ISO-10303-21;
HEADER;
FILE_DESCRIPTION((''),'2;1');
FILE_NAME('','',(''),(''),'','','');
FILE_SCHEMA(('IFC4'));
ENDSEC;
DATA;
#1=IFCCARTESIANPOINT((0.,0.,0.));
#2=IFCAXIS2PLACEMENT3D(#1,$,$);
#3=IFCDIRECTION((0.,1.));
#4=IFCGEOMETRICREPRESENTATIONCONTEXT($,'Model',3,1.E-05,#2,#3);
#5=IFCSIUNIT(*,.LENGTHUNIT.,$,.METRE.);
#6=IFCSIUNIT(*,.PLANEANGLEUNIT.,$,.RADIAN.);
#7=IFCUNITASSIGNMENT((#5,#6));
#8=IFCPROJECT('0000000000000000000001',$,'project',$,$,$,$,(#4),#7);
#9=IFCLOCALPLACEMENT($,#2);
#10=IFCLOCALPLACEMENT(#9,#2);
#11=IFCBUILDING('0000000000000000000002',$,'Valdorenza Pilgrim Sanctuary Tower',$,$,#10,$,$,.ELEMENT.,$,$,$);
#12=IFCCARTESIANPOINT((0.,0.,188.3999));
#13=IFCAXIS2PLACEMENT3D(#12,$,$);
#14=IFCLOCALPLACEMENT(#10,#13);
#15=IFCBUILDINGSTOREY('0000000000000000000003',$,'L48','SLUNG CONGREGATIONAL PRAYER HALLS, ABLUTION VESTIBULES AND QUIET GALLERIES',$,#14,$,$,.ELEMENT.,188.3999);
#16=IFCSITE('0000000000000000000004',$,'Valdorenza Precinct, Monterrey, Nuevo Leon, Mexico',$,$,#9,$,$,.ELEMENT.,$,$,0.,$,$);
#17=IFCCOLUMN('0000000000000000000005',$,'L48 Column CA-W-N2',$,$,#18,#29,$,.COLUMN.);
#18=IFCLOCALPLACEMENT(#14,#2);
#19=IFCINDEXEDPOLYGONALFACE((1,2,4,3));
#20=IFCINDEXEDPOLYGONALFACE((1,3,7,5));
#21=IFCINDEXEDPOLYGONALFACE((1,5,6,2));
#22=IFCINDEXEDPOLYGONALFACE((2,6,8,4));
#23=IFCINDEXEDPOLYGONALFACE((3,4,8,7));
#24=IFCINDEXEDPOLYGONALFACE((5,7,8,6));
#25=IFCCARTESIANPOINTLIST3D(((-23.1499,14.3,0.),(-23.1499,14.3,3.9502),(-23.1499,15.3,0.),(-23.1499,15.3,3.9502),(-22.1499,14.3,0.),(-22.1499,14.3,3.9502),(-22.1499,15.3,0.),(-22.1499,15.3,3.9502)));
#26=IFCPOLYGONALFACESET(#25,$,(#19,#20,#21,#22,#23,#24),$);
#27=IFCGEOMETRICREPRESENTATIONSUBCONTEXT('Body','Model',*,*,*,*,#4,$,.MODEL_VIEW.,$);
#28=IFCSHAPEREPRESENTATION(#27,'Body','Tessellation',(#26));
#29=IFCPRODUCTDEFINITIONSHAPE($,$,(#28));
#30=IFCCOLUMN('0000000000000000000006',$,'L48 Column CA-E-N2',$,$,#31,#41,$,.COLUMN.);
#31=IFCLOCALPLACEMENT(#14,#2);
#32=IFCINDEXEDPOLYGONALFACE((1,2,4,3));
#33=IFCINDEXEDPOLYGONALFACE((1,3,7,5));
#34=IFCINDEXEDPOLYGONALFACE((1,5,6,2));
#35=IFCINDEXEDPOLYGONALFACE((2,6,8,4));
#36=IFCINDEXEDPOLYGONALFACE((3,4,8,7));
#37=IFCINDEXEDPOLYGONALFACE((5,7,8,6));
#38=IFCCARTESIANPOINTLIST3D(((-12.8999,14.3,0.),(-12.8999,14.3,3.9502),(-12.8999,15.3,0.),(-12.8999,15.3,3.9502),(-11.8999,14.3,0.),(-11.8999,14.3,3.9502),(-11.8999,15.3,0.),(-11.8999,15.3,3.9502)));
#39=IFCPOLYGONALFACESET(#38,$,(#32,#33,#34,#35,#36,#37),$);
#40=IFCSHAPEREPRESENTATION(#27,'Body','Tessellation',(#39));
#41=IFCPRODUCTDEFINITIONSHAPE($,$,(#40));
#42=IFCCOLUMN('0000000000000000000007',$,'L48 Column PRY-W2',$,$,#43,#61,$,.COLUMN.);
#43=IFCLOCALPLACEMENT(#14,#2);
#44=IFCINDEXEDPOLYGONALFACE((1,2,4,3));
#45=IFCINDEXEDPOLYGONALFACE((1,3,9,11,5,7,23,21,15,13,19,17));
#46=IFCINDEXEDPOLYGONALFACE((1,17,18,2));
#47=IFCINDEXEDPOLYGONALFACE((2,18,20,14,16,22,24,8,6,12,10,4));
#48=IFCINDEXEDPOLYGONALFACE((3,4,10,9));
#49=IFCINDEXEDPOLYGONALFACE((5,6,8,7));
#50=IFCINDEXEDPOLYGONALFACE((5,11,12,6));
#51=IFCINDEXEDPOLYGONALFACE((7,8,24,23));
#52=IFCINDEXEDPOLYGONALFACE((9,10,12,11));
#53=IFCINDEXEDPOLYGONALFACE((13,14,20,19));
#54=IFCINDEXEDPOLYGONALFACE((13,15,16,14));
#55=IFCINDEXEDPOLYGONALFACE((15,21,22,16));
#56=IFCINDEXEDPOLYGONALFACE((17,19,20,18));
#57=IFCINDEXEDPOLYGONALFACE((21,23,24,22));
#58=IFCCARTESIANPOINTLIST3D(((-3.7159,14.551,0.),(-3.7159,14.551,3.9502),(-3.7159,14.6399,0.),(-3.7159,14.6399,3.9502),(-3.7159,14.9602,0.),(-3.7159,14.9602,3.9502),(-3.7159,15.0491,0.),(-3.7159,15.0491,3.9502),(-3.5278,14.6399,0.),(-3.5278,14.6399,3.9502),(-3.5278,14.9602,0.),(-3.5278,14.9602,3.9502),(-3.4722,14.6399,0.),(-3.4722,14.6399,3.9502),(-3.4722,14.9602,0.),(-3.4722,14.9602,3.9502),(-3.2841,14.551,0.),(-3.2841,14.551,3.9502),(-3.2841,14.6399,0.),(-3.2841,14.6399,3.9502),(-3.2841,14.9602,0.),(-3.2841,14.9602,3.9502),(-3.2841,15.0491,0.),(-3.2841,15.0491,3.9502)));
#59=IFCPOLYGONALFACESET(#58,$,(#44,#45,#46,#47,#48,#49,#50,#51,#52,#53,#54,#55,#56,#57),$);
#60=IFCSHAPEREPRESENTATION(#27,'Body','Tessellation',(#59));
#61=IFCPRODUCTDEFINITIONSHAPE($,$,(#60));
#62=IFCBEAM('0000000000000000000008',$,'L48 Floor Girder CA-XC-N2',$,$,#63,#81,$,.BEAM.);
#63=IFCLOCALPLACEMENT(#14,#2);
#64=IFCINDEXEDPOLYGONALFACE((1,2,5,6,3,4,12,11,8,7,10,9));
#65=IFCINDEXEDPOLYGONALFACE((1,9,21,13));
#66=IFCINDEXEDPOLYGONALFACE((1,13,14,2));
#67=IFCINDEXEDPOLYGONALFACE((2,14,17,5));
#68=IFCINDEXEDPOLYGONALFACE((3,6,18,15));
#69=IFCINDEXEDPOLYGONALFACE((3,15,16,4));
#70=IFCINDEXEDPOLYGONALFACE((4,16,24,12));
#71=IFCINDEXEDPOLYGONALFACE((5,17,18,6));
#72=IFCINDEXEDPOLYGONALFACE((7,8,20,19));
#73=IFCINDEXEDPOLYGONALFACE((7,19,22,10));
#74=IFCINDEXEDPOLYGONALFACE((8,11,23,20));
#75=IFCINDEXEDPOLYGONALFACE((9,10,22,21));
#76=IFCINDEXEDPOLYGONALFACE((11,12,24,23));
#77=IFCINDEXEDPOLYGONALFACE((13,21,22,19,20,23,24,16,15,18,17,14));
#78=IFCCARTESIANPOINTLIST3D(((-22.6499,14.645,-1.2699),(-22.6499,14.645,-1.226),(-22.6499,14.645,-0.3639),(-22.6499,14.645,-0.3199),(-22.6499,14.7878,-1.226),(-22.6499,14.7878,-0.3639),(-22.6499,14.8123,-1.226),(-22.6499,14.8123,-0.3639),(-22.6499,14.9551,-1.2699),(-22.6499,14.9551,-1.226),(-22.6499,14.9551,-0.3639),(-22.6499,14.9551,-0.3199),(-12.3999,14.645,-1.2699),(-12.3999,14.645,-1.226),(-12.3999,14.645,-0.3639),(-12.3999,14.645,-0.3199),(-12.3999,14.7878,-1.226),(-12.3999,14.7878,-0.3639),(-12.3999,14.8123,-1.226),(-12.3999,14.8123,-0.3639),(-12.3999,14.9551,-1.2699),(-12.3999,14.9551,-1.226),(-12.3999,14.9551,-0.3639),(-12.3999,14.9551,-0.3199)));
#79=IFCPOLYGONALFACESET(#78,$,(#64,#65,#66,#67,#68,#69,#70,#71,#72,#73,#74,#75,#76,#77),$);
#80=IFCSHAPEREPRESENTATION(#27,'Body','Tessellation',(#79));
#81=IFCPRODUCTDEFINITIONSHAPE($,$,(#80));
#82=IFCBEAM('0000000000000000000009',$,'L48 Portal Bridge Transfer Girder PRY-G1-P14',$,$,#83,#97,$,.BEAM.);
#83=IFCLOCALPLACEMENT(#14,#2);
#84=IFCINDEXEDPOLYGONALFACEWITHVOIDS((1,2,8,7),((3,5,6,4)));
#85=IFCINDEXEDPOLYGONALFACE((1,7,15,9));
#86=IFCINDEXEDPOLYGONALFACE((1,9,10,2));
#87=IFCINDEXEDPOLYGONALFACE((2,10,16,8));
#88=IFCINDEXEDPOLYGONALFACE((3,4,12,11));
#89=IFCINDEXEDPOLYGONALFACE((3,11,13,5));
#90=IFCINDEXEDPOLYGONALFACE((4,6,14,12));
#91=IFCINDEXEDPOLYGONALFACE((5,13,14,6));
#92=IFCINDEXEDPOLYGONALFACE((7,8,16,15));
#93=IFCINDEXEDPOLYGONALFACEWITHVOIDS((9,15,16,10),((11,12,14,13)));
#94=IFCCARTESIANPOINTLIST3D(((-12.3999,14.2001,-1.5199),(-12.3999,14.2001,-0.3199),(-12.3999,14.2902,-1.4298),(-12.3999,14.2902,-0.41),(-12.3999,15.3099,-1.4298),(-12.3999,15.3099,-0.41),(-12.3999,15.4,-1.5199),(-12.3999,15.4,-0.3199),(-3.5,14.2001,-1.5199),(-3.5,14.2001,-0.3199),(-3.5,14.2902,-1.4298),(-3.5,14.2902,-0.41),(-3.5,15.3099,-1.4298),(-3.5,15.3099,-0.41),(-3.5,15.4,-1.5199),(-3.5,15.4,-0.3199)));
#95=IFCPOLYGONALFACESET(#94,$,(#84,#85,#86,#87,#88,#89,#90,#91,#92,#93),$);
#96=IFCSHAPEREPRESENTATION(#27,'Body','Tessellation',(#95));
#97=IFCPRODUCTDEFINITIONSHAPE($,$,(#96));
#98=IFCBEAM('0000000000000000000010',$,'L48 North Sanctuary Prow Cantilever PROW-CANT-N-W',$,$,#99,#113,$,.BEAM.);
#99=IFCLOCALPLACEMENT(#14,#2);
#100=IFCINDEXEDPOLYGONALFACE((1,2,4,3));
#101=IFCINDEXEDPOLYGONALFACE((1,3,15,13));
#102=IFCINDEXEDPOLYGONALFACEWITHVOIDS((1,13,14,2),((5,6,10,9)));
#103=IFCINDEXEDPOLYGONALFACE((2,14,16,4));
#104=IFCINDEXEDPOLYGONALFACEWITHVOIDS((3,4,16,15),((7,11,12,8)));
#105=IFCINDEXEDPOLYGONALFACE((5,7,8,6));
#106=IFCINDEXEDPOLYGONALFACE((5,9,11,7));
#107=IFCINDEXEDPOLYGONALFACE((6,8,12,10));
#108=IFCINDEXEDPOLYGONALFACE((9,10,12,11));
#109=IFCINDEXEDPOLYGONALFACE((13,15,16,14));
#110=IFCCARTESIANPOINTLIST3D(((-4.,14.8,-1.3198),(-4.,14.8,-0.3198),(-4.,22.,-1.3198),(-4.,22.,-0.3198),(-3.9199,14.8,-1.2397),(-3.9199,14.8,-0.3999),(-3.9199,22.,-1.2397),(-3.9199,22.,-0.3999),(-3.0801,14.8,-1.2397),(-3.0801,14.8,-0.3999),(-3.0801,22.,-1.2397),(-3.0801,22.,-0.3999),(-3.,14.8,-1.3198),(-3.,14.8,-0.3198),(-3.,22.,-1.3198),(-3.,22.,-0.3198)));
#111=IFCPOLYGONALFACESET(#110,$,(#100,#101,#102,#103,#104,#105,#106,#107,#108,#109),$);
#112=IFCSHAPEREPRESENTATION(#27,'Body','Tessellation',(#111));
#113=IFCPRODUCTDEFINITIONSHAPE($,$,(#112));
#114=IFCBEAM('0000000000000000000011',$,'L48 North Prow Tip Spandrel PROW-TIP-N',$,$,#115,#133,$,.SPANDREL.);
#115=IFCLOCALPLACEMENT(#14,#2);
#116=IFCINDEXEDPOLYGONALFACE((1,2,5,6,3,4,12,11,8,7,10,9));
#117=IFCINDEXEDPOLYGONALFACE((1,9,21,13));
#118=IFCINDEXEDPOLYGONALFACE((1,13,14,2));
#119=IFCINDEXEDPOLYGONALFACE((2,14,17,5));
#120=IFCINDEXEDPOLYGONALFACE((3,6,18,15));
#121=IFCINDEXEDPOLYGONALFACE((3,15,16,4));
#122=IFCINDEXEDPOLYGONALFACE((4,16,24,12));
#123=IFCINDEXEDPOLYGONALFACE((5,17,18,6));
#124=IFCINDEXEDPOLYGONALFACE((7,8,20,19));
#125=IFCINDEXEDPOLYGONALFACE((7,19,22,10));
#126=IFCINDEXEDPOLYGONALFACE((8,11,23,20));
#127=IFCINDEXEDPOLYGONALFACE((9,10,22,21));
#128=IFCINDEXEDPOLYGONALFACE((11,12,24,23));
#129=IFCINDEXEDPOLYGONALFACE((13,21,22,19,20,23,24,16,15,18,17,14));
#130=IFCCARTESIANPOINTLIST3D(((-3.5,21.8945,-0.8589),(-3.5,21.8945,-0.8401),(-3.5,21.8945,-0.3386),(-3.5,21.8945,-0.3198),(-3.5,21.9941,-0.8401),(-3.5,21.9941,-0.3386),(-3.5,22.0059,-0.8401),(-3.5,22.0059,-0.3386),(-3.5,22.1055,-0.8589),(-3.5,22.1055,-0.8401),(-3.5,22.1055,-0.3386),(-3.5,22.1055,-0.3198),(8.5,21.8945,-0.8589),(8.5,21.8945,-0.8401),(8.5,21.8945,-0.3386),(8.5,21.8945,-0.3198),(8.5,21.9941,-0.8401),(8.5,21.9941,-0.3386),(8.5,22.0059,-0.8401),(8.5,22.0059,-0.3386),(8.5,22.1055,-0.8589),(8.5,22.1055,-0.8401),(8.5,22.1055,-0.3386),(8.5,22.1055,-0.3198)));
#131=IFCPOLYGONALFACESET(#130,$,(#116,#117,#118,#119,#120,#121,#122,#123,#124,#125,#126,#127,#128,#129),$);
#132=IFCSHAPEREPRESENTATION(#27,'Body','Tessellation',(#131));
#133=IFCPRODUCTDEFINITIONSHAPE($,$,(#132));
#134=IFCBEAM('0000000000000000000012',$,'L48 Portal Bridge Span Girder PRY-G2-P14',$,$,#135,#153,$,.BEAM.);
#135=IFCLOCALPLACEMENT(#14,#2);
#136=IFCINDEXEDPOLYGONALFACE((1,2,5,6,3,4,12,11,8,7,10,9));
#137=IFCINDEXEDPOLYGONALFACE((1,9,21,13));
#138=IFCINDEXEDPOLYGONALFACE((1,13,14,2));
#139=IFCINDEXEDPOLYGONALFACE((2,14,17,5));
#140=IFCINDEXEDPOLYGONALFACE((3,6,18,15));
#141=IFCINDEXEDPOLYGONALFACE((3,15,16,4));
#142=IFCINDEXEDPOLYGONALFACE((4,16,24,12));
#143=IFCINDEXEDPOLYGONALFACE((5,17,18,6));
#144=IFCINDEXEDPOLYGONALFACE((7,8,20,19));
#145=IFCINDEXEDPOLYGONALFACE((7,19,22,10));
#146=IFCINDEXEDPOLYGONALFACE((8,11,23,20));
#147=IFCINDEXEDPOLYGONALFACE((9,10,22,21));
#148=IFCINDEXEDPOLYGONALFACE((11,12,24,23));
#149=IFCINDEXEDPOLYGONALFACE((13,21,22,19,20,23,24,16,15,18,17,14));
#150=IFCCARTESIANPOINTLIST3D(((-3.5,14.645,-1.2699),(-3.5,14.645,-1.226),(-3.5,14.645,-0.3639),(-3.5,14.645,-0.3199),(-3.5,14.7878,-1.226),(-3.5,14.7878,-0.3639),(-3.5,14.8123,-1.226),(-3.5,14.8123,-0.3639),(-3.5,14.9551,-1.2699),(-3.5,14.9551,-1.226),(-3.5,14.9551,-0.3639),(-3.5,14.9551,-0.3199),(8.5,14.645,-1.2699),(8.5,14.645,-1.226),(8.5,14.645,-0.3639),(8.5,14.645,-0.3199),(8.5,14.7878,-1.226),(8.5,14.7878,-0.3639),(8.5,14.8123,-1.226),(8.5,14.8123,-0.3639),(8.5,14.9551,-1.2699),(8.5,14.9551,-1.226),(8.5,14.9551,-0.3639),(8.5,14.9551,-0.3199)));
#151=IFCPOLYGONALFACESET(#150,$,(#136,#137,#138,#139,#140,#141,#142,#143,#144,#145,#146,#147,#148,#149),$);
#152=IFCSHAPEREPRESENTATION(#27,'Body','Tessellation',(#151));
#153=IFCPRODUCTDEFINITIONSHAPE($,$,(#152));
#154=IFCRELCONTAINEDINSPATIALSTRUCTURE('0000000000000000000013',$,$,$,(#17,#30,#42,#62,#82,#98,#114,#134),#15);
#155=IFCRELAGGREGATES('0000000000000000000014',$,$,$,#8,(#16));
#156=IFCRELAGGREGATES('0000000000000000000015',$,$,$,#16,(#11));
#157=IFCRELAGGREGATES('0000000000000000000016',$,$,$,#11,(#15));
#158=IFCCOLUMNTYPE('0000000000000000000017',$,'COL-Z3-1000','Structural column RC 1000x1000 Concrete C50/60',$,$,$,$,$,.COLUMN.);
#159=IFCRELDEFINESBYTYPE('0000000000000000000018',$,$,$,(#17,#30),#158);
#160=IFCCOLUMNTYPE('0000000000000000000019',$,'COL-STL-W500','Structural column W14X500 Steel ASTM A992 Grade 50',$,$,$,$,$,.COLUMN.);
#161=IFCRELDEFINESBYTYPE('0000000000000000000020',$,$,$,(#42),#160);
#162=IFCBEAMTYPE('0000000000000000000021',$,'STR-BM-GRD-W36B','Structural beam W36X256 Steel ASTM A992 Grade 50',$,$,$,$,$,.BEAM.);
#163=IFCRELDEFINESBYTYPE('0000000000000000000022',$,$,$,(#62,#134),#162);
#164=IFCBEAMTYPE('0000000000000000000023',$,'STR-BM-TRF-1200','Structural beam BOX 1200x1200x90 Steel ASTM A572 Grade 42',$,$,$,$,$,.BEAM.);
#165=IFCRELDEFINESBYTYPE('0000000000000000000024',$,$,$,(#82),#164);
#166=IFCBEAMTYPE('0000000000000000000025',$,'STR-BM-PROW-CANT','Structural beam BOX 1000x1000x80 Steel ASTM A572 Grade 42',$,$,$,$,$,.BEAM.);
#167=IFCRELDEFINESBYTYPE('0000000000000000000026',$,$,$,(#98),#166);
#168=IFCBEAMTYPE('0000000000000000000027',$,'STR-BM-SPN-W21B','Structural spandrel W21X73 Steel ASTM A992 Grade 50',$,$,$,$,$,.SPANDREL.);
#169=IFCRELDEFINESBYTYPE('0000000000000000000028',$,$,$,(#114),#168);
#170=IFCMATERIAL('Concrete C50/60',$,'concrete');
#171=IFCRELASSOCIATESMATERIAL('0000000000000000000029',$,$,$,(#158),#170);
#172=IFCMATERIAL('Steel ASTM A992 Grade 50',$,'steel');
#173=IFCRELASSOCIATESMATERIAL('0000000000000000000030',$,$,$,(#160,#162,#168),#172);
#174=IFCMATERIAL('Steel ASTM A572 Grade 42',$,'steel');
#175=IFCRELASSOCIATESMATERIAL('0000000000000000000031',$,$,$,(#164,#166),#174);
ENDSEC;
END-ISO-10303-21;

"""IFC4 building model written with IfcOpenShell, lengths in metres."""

from ifc_helpers import new_model, si_unit, direction, frame, origin, origin_2d, place, context, subcontext, project, spatial, rectangle, hollow_rectangle, i_section, extrude, source, transform, mapped, material, material_profile, profile_set, type_object, element, save


model = new_model("IFC4")

# Units and contexts
model_context = context("Model", 3, precision=1e-05, world=origin(), true_north=direction((0.0, 1.0)))
body_context = subcontext(model_context, "Body", "Model", "MODEL_VIEW")
ifc_project = project(units=[si_unit("LENGTHUNIT", "METRE"), si_unit("PLANEANGLEUNIT", "RADIAN")], contexts=[model_context])

# Site, building, storey
site_placement = place(None, origin())
site = spatial("IfcSite", under=ifc_project, at=site_placement, Name="Valdorenza Precinct, Monterrey, Nuevo Leon, Mexico", CompositionType="ELEMENT", RefElevation=0.0)
building_placement = place(site_placement, origin())
building = spatial("IfcBuilding", under=site, at=building_placement, Name="Valdorenza Pilgrim Sanctuary Tower", CompositionType="ELEMENT")
storey_placement = place(building_placement, frame((0.0, 0.0, 188.3999)))
storey = spatial("IfcBuildingStorey", under=building, at=storey_placement, Name="L48", Description="SLUNG CONGREGATIONAL PRAYER HALLS, ABLUTION VESTIBULES AND QUIET GALLERIES", CompositionType="ELEMENT", Elevation=188.3999)

# Columns
ifc_material_1 = material(Name="Concrete C50/60", Category="concrete")
ifc_material_profile_1 = material_profile(ifc_material_1, rectangle(XDim=1.0, YDim=1.0, at=origin_2d()), Name="RC 1000x1000")
ifc_profile_set_1 = profile_set([ifc_material_profile_1], Name="Concrete C50/60")
column_type_1 = type_object("IfcColumnType", Name="COL-Z3-1000", Description="Structural column RC 1000x1000 Concrete C50/60", PredefinedType="COLUMN", material=ifc_profile_set_1)
shared_shape_1 = source(origin(), body_context, "Body", "SweptSolid", [
    extrude(rectangle(XDim=1.0, YDim=1.0, at=origin_2d()), origin(), (0.0, 0.0, 1.0), 3.9502),
])
for number, where, z_axis, x_axis, name in (
    (1, (-22.6499, 14.8, 0.0), (0.0, 0.0, 1.0), (1.0, 0.0, 0.0), "L48 Column CA-W-N2"),
    (2, (-12.3999, 14.8, 0.0), (0.0, 0.0, 1.0), (1.0, 0.0, 0.0), "L48 Column CA-E-N2"),
):
    element("IfcColumn", number, at=place(storey_placement, frame(where, z_axis=z_axis, x_axis=x_axis)), inside=storey, type_object=column_type_1, Name=name, PredefinedType="COLUMN", context=body_context, shape_type="MappedRepresentation", body=[
        mapped(shared_shape_1, transform((0.0, 0.0, 0.0), x_axis=(1.0, 0.0, 0.0), y_axis=(0.0, 1.0, 0.0), z_axis=(0.0, 0.0, 1.0), scale=1.0)),
    ])
ifc_material_2 = material(Name="Steel ASTM A992 Grade 50", Category="steel")
ifc_material_profile_2 = material_profile(ifc_material_2, i_section(OverallWidth=0.4319, OverallDepth=0.498, WebThickness=0.0557, FlangeThickness=0.0889, at=origin_2d()), Name="W14X500")
ifc_profile_set_2 = profile_set([ifc_material_profile_2], Name="Steel ASTM A992 Grade 50")
column_type_2 = type_object("IfcColumnType", Name="COL-STL-W500", Description="Structural column W14X500 Steel ASTM A992 Grade 50", PredefinedType="COLUMN", material=ifc_profile_set_2)
shared_shape_2 = source(origin(), body_context, "Body", "SweptSolid", [
    extrude(i_section(OverallWidth=0.4319, OverallDepth=0.498, WebThickness=0.0557, FlangeThickness=0.0889, at=origin_2d()), origin(), (0.0, 0.0, 1.0), 3.9502),
])
column_placement = place(storey_placement, frame((-3.5, 14.8, 0.0), z_axis=(0.0, 0.0, 1.0), x_axis=(1.0, 0.0, 0.0)))
element("IfcColumn", 3, at=column_placement, inside=storey, type_object=column_type_2, Name="L48 Column PRY-W2", PredefinedType="COLUMN", context=body_context, shape_type="MappedRepresentation", body=[
    mapped(shared_shape_2, transform((0.0, 0.0, 0.0), x_axis=(1.0, 0.0, 0.0), y_axis=(0.0, 1.0, 0.0), z_axis=(0.0, 0.0, 1.0), scale=1.0)),
])

# Beams
ifc_material_profile_3 = material_profile(ifc_material_2, i_section(OverallWidth=0.3101, OverallDepth=0.95, WebThickness=0.0244, FlangeThickness=0.0439, at=origin_2d()), Name="W36X256")
ifc_profile_set_3 = profile_set([ifc_material_profile_3], Name="Steel ASTM A992 Grade 50")
beam_type_1 = type_object("IfcBeamType", Name="STR-BM-GRD-W36B", Description="Structural beam W36X256 Steel ASTM A992 Grade 50", PredefinedType="BEAM", material=ifc_profile_set_3)
shared_shape_3 = source(origin(), body_context, "Body", "SweptSolid", [
    extrude(i_section(OverallWidth=0.3101, OverallDepth=0.95, WebThickness=0.0244, FlangeThickness=0.0439, at=origin_2d()), origin(), (0.0, 0.0, 1.0), 10.25),
])
beam_1_placement = place(storey_placement, frame((-22.6499, 14.8, -0.7949), z_axis=(1.0, 0.0, 0.0), x_axis=(0.0, 1.0, 0.0)))
element("IfcBeam", 4, at=beam_1_placement, inside=storey, type_object=beam_type_1, Name="L48 Floor Girder CA-XC-N2", PredefinedType="BEAM", context=body_context, shape_type="MappedRepresentation", body=[
    mapped(shared_shape_3, transform((0.0, 0.0, 0.0), x_axis=(1.0, 0.0, 0.0), y_axis=(0.0, 1.0, 0.0), z_axis=(0.0, 0.0, 1.0), scale=1.0)),
])
ifc_material_3 = material(Name="Steel ASTM A572 Grade 42", Category="steel")
ifc_material_profile_4 = material_profile(ifc_material_3, hollow_rectangle(XDim=1.2, YDim=1.2, WallThickness=0.0901, at=origin_2d()), Name="BOX 1200x1200x90")
ifc_profile_set_4 = profile_set([ifc_material_profile_4], Name="Steel ASTM A572 Grade 42")
beam_type_2 = type_object("IfcBeamType", Name="STR-BM-TRF-1200", Description="Structural beam BOX 1200x1200x90 Steel ASTM A572 Grade 42", PredefinedType="BEAM", material=ifc_profile_set_4)
shared_shape_4 = source(origin(), body_context, "Body", "SweptSolid", [
    extrude(hollow_rectangle(XDim=1.2, YDim=1.2, WallThickness=0.0901, at=origin_2d()), origin(), (0.0, 0.0, 1.0), 8.8999),
])
beam_2_placement = place(storey_placement, frame((-12.3999, 14.8, -0.9199), z_axis=(1.0, 0.0, 0.0), x_axis=(0.0, 1.0, 0.0)))
element("IfcBeam", 5, at=beam_2_placement, inside=storey, type_object=beam_type_2, Name="L48 Portal Bridge Transfer Girder PRY-G1-P14", PredefinedType="BEAM", context=body_context, shape_type="MappedRepresentation", body=[
    mapped(shared_shape_4, transform((0.0, 0.0, 0.0), x_axis=(1.0, 0.0, 0.0), y_axis=(0.0, 1.0, 0.0), z_axis=(0.0, 0.0, 1.0), scale=1.0)),
])
ifc_material_profile_5 = material_profile(ifc_material_3, hollow_rectangle(XDim=1.0, YDim=1.0, WallThickness=0.0801, at=origin_2d()), Name="BOX 1000x1000x80")
ifc_profile_set_5 = profile_set([ifc_material_profile_5], Name="Steel ASTM A572 Grade 42")
beam_type_3 = type_object("IfcBeamType", Name="STR-BM-PROW-CANT", Description="Structural beam BOX 1000x1000x80 Steel ASTM A572 Grade 42", PredefinedType="BEAM", material=ifc_profile_set_5)
shared_shape_5 = source(origin(), body_context, "Body", "SweptSolid", [
    extrude(hollow_rectangle(XDim=1.0, YDim=1.0, WallThickness=0.0801, at=origin_2d()), origin(), (0.0, 0.0, 1.0), 7.2),
])
beam_3_placement = place(storey_placement, frame((-3.5, 14.8, -0.8198), z_axis=(0.0, 1.0, 0.0), x_axis=(-1.0, 0.0, 0.0)))
element("IfcBeam", 6, at=beam_3_placement, inside=storey, type_object=beam_type_3, Name="L48 North Sanctuary Prow Cantilever PROW-CANT-N-W", PredefinedType="BEAM", context=body_context, shape_type="MappedRepresentation", body=[
    mapped(shared_shape_5, transform((0.0, 0.0, 0.0), x_axis=(1.0, 0.0, 0.0), y_axis=(0.0, 1.0, 0.0), z_axis=(0.0, 0.0, 1.0), scale=1.0)),
])
ifc_material_profile_6 = material_profile(ifc_material_2, i_section(OverallWidth=0.2109, OverallDepth=0.5391, WebThickness=0.0117, FlangeThickness=0.0188, at=origin_2d()), Name="W21X73")
ifc_profile_set_6 = profile_set([ifc_material_profile_6], Name="Steel ASTM A992 Grade 50")
beam_type_4 = type_object("IfcBeamType", Name="STR-BM-SPN-W21B", Description="Structural spandrel W21X73 Steel ASTM A992 Grade 50", PredefinedType="SPANDREL", material=ifc_profile_set_6)
shared_shape_6 = source(origin(), body_context, "Body", "SweptSolid", [
    extrude(i_section(OverallWidth=0.2109, OverallDepth=0.5391, WebThickness=0.0117, FlangeThickness=0.0188, at=origin_2d()), origin(), (0.0, 0.0, 1.0), 12.0),
])
beam_4_placement = place(storey_placement, frame((-3.5, 22.0, -0.5894), z_axis=(1.0, 0.0, 0.0), x_axis=(0.0, 1.0, 0.0)))
element("IfcBeam", 7, at=beam_4_placement, inside=storey, type_object=beam_type_4, Name="L48 North Prow Tip Spandrel PROW-TIP-N", PredefinedType="SPANDREL", context=body_context, shape_type="MappedRepresentation", body=[
    mapped(shared_shape_6, transform((0.0, 0.0, 0.0), x_axis=(1.0, 0.0, 0.0), y_axis=(0.0, 1.0, 0.0), z_axis=(0.0, 0.0, 1.0), scale=1.0)),
])
shared_shape_7 = source(origin(), body_context, "Body", "SweptSolid", [
    extrude(i_section(OverallWidth=0.3101, OverallDepth=0.95, WebThickness=0.0244, FlangeThickness=0.0439, at=origin_2d()), origin(), (0.0, 0.0, 1.0), 12.0),
])
beam_5_placement = place(storey_placement, frame((-3.5, 14.8, -0.7949), z_axis=(1.0, 0.0, 0.0), x_axis=(0.0, 1.0, 0.0)))
element("IfcBeam", 8, at=beam_5_placement, inside=storey, type_object=beam_type_1, Name="L48 Portal Bridge Span Girder PRY-G2-P14", PredefinedType="BEAM", context=body_context, shape_type="MappedRepresentation", body=[
    mapped(shared_shape_7, transform((0.0, 0.0, 0.0), x_axis=(1.0, 0.0, 0.0), y_axis=(0.0, 1.0, 0.0), z_axis=(0.0, 0.0, 1.0), scale=1.0)),
])

save(model, "model.ifc")
